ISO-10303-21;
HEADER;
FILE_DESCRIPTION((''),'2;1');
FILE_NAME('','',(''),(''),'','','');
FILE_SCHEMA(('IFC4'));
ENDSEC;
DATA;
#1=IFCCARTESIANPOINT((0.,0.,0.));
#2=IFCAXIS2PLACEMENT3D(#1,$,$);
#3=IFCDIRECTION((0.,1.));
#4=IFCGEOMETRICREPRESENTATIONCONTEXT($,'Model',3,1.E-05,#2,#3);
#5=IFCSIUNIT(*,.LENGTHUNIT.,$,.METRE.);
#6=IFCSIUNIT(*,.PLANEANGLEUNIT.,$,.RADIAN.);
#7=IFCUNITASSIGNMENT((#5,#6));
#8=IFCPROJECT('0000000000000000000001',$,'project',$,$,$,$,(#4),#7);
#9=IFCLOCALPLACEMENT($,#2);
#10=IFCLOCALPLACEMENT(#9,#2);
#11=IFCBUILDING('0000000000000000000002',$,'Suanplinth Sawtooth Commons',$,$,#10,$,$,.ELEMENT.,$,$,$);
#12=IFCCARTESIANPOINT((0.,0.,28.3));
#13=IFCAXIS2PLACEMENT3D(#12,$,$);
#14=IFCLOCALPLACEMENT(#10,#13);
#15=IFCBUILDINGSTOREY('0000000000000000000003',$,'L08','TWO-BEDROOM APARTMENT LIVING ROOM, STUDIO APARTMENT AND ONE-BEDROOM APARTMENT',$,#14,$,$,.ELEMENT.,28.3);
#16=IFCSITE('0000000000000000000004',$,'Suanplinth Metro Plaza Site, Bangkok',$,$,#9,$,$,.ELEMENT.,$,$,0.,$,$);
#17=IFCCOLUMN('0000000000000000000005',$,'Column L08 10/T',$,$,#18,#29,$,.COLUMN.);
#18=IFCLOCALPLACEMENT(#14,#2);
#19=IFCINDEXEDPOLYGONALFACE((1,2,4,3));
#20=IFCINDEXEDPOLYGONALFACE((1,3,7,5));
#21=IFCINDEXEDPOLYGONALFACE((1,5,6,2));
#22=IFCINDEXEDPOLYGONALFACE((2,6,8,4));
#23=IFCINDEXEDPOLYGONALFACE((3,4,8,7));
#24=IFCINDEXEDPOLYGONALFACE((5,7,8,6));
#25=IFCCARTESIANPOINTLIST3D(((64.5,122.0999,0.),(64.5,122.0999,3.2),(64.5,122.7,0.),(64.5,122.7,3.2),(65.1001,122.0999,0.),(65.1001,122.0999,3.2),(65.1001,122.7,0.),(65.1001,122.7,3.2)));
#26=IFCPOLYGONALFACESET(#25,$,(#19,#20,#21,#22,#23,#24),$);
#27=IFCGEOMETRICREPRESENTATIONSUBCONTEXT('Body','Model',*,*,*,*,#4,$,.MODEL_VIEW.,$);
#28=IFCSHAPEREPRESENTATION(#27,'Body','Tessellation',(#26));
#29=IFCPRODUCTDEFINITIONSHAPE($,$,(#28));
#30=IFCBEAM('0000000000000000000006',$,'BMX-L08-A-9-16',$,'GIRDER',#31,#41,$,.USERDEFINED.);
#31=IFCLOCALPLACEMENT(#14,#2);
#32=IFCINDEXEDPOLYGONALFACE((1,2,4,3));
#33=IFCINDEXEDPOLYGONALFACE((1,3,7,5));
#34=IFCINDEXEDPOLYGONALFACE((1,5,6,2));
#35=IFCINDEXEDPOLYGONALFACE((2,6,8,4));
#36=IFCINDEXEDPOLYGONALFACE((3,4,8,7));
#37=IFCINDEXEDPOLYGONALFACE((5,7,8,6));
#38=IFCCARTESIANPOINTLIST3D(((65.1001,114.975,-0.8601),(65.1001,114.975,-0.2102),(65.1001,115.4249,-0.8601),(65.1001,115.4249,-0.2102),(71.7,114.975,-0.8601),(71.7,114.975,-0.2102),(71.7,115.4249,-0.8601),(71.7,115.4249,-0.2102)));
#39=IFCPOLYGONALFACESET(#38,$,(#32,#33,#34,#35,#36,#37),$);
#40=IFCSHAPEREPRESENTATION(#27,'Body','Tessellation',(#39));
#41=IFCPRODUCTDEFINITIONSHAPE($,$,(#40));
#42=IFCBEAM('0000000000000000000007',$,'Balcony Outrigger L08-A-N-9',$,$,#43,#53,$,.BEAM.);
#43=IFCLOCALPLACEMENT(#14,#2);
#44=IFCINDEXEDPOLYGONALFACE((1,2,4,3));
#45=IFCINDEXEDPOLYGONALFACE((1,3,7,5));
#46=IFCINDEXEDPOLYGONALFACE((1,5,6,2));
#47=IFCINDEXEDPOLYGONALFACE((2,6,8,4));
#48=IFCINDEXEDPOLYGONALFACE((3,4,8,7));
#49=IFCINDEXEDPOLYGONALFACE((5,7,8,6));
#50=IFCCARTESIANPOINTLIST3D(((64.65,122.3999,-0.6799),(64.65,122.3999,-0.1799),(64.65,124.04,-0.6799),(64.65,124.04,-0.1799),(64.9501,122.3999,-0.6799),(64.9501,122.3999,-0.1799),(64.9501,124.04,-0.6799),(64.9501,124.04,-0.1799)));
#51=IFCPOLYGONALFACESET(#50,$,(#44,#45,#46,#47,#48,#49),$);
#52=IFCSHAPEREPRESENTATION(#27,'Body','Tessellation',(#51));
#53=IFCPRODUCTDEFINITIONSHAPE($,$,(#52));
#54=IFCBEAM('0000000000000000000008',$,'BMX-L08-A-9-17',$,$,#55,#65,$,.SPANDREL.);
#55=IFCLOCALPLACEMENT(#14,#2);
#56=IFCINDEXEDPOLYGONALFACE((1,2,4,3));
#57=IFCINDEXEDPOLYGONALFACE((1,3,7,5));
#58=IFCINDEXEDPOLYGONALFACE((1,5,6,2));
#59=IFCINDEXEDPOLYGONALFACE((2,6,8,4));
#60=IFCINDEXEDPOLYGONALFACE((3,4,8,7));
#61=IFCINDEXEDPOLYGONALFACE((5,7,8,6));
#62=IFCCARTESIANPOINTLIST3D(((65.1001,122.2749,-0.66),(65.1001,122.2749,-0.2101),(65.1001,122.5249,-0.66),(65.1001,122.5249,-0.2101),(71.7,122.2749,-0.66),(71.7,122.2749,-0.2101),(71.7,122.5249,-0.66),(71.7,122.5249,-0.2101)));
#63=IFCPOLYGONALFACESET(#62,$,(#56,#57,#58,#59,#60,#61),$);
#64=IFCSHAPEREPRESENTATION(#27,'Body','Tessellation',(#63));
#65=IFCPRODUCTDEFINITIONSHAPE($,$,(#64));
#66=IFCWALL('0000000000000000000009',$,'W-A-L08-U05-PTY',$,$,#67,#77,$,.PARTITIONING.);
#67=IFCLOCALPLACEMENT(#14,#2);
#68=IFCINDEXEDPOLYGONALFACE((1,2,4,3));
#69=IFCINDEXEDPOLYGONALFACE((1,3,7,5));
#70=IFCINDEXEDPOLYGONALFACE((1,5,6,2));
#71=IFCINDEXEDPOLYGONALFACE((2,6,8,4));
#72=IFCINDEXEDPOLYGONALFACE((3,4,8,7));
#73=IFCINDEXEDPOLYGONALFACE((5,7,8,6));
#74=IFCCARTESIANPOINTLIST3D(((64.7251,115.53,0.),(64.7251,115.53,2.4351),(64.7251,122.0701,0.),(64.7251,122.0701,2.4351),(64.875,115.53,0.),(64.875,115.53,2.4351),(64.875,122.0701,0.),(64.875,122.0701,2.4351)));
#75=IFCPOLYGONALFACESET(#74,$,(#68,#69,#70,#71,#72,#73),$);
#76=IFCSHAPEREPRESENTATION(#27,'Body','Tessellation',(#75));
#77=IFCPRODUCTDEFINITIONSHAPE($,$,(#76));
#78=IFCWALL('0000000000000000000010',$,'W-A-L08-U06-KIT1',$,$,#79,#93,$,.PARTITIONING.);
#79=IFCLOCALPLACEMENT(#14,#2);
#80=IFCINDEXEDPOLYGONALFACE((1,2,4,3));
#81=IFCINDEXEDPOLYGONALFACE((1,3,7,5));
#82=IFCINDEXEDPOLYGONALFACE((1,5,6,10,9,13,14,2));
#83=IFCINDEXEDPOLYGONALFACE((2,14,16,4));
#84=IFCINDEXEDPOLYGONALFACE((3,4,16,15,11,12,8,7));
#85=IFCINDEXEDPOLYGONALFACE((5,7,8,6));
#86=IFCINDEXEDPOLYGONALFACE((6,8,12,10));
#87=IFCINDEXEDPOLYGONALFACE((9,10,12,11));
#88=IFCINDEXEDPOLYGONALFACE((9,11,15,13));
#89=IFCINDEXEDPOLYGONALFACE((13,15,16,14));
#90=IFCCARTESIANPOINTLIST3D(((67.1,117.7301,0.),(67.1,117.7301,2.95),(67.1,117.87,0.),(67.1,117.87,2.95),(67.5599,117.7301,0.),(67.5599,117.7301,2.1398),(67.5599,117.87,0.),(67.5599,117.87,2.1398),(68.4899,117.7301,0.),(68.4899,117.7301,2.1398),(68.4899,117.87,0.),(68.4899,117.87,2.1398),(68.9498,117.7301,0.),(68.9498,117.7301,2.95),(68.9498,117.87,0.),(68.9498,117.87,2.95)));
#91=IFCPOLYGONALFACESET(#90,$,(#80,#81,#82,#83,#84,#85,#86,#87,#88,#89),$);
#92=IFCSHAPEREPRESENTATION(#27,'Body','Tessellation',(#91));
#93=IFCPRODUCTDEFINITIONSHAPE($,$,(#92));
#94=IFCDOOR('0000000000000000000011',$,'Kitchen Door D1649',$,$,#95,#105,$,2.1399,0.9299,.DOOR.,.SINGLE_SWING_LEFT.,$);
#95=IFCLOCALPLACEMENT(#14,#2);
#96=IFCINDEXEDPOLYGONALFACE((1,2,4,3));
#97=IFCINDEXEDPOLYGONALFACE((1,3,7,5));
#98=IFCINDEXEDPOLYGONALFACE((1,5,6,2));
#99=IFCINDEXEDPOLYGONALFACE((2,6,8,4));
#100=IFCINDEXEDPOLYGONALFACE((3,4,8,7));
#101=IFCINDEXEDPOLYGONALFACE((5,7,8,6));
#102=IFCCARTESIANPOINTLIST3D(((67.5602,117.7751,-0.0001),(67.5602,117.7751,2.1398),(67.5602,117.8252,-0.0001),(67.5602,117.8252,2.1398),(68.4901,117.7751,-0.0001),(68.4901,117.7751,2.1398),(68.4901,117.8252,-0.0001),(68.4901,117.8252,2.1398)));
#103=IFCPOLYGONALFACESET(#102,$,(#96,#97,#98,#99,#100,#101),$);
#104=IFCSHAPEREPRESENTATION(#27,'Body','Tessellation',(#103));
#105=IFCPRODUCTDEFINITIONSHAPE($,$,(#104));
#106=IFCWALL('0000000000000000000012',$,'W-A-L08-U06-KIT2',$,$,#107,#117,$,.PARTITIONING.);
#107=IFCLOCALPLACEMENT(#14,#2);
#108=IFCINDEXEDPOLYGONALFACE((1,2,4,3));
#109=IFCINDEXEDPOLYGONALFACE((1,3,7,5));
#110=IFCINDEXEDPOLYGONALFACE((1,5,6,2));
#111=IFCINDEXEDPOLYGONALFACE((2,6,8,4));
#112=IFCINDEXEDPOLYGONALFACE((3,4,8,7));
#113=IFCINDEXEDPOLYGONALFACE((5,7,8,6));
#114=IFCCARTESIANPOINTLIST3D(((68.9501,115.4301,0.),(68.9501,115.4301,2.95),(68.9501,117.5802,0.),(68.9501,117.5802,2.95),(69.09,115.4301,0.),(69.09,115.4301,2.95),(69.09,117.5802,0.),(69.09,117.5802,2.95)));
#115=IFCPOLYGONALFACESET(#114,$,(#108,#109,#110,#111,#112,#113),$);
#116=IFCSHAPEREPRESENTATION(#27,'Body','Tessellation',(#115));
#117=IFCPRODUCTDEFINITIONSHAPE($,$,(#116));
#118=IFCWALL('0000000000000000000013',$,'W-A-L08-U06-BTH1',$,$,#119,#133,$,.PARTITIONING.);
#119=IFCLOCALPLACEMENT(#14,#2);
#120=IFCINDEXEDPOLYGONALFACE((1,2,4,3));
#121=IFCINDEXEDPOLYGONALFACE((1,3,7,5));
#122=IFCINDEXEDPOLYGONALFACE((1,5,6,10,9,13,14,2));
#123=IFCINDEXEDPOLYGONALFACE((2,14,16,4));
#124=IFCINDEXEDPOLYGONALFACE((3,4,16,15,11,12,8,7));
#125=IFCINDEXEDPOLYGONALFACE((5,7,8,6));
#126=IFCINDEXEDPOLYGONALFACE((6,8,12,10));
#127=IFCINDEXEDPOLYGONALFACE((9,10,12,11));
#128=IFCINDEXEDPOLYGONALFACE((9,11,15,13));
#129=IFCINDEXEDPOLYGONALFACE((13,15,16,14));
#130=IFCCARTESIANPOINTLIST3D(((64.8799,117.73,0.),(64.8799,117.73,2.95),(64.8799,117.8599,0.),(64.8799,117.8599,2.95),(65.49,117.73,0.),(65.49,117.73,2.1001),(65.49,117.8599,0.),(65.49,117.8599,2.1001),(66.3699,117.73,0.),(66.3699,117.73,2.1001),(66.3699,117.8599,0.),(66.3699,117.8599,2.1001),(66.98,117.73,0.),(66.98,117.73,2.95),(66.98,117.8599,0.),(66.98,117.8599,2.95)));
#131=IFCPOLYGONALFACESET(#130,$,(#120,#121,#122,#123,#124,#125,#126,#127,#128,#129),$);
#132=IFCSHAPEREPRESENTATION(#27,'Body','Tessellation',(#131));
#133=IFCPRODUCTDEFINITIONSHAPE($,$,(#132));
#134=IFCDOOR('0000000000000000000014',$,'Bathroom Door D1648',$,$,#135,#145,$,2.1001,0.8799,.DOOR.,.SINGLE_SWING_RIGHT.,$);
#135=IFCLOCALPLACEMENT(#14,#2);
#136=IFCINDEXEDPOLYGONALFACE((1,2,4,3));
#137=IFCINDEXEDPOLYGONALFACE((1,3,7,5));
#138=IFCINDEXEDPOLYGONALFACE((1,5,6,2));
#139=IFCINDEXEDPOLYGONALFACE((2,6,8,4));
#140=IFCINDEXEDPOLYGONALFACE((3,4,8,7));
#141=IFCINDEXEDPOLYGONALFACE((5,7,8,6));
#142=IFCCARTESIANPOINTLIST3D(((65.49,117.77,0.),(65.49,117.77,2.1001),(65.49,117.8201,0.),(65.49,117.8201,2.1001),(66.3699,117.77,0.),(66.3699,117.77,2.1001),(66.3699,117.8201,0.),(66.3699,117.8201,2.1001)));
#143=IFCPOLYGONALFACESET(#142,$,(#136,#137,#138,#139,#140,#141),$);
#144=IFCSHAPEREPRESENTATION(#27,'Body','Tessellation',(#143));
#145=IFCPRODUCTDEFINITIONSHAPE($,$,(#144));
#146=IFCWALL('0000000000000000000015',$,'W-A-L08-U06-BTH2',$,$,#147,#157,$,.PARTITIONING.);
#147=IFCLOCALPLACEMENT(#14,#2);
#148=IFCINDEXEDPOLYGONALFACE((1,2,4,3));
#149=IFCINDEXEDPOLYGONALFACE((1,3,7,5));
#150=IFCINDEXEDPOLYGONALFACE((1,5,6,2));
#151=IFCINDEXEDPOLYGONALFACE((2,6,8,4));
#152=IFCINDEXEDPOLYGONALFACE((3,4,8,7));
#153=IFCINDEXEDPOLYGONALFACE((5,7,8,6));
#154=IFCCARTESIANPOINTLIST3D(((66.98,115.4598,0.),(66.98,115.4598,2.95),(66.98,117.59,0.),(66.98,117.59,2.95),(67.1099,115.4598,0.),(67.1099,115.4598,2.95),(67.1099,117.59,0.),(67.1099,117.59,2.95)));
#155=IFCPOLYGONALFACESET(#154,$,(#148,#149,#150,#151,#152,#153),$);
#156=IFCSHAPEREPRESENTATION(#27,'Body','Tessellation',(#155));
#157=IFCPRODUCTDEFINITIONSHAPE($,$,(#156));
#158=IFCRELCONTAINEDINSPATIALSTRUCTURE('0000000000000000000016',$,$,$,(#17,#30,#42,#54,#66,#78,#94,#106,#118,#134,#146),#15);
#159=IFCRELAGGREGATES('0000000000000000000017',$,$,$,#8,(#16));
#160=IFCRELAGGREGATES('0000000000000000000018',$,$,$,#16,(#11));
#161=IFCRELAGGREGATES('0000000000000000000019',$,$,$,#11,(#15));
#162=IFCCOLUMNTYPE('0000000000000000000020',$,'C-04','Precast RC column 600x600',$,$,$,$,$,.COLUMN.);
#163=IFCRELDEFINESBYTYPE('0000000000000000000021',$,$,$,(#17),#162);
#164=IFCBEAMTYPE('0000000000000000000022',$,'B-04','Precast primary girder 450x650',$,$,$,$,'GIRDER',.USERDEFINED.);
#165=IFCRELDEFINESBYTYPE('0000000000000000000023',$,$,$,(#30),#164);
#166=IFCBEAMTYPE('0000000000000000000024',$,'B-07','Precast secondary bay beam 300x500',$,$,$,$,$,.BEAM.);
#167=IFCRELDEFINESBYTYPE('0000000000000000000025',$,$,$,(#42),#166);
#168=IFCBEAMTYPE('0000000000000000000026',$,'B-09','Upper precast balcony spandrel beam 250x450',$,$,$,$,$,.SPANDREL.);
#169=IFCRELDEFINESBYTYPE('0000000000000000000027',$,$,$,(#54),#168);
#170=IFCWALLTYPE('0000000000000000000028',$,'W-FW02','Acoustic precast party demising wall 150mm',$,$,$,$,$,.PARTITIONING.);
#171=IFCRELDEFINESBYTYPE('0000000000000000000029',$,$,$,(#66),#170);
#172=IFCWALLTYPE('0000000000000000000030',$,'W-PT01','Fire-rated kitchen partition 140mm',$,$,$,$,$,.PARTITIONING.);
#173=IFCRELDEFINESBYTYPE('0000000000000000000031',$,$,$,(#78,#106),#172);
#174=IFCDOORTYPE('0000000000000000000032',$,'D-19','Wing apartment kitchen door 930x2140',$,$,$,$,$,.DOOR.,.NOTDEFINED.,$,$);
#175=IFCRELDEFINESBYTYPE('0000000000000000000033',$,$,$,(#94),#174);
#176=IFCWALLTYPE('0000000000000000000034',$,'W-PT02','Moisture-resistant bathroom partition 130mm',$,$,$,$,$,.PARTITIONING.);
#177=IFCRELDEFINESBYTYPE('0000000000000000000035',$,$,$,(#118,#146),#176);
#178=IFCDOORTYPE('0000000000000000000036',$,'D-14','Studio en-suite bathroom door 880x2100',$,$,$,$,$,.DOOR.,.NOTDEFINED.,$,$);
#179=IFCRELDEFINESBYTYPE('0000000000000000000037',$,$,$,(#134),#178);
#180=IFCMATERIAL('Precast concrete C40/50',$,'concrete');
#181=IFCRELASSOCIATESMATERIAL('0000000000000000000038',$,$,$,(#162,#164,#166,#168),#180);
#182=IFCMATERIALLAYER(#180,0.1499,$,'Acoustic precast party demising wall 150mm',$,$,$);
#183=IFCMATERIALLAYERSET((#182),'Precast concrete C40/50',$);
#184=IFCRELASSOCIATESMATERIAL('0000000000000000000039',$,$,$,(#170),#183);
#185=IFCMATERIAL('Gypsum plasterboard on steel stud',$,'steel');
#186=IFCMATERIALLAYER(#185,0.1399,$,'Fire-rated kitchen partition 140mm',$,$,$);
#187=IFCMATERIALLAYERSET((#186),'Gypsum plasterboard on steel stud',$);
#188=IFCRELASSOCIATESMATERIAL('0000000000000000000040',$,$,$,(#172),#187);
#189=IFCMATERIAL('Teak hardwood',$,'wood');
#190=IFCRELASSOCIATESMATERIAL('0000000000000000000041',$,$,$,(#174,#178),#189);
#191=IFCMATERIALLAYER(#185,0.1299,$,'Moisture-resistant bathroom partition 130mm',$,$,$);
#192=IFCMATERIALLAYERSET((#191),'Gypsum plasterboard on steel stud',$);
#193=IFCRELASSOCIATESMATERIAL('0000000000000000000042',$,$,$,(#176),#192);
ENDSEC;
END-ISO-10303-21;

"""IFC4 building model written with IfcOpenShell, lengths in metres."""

from ifc_helpers import new_model, si_unit, direction, frame, frame_2d, origin, origin_2d, place, context, subcontext, project, spatial, rectangle, extrude, material, layer, layer_set, material_profile, profile_set, type_object, element, fill, save


model = new_model("IFC4")

# Units and contexts
model_context = context("Model", 3, precision=1e-05, world=origin(), true_north=direction((0.0, 1.0)))
body_context = subcontext(model_context, "Body", "Model", "MODEL_VIEW")
ifc_project = project(units=[si_unit("LENGTHUNIT", "METRE"), si_unit("PLANEANGLEUNIT", "RADIAN")], contexts=[model_context])

# Site, building, storey
site_placement = place(None, origin())
site = spatial("IfcSite", under=ifc_project, at=site_placement, Name="Suanplinth Metro Plaza Site, Bangkok", CompositionType="ELEMENT", RefElevation=0.0)
building_placement = place(site_placement, origin())
building = spatial("IfcBuilding", under=site, at=building_placement, Name="Suanplinth Sawtooth Commons", CompositionType="ELEMENT")
storey_placement = place(building_placement, frame((0.0, 0.0, 28.3)))
storey = spatial("IfcBuildingStorey", under=building, at=storey_placement, Name="L08", Description="TWO-BEDROOM APARTMENT LIVING ROOM, STUDIO APARTMENT AND ONE-BEDROOM APARTMENT", CompositionType="ELEMENT", Elevation=28.3)

# Column
ifc_material_1 = material(Name="Precast concrete C40/50", Category="concrete")
ifc_material_profile_1 = material_profile(ifc_material_1, rectangle(XDim=0.6001, YDim=0.6001, at=origin_2d()), Name="PC-COL 600x600")
ifc_profile_set_1 = profile_set([ifc_material_profile_1], Name="Precast concrete C40/50")
column_type = type_object("IfcColumnType", Name="C-04", Description="Precast RC column 600x600", PredefinedType="COLUMN", material=ifc_profile_set_1)
column_placement = place(storey_placement, frame((64.8, 122.3999, 0.0), z_axis=(0.0, 0.0, 1.0), x_axis=(1.0, 0.0, 0.0)))
element("IfcColumn", 1, at=column_placement, inside=storey, type_object=column_type, Name="Column L08 10/T", PredefinedType="COLUMN", context=body_context, shape_type="SweptSolid", body=[
    extrude(rectangle(XDim=0.6001, YDim=0.6001, at=origin_2d()), origin(), (0.0, 0.0, 1.0), 3.2),
])

# Beams
ifc_material_profile_2 = material_profile(ifc_material_1, rectangle(XDim=0.45, YDim=0.6499, at=origin_2d()), Name="PC-GDR 450x650")
ifc_profile_set_2 = profile_set([ifc_material_profile_2], Name="Precast concrete C40/50")
beam_type_1 = type_object("IfcBeamType", Name="B-04", Description="Precast primary girder 450x650", ElementType="GIRDER", PredefinedType="USERDEFINED", material=ifc_profile_set_2)
beam_1_placement = place(storey_placement, frame((65.1001, 115.2, -0.5352), z_axis=(1.0, 0.0, 0.0), x_axis=(0.0, 1.0, 0.0)))
element("IfcBeam", 2, at=beam_1_placement, inside=storey, type_object=beam_type_1, Name="BMX-L08-A-9-16", ObjectType="GIRDER", PredefinedType="USERDEFINED", context=body_context, shape_type="SweptSolid", body=[
    extrude(rectangle(XDim=0.45, YDim=0.6499, at=origin_2d()), origin(), (0.0, 0.0, 1.0), 6.5999),
])
ifc_material_profile_3 = material_profile(ifc_material_1, rectangle(XDim=0.3, YDim=0.5, at=origin_2d()), Name="PC-BM 300x500")
ifc_profile_set_3 = profile_set([ifc_material_profile_3], Name="Precast concrete C40/50")
beam_type_2 = type_object("IfcBeamType", Name="B-07", Description="Precast secondary bay beam 300x500", PredefinedType="BEAM", material=ifc_profile_set_3)
beam_2_placement = place(storey_placement, frame((64.8, 122.3999, -0.4299), z_axis=(0.0, 1.0, 0.0), x_axis=(-1.0, 0.0, 0.0)))
element("IfcBeam", 3, at=beam_2_placement, inside=storey, type_object=beam_type_2, Name="Balcony Outrigger L08-A-N-9", PredefinedType="BEAM", context=body_context, shape_type="SweptSolid", body=[
    extrude(rectangle(XDim=0.3, YDim=0.5, at=origin_2d()), origin(), (0.0, 0.0, 1.0), 1.6401),
])
ifc_material_profile_4 = material_profile(ifc_material_1, rectangle(XDim=0.25, YDim=0.45, at=origin_2d()), Name="PC-SP 250x450")
ifc_profile_set_4 = profile_set([ifc_material_profile_4], Name="Precast concrete C40/50")
beam_type_3 = type_object("IfcBeamType", Name="B-09", Description="Upper precast balcony spandrel beam 250x450", PredefinedType="SPANDREL", material=ifc_profile_set_4)
beam_3_placement = place(storey_placement, frame((65.1001, 122.3999, -0.4351), z_axis=(1.0, 0.0, 0.0), x_axis=(0.0, 1.0, 0.0)))
element("IfcBeam", 4, at=beam_3_placement, inside=storey, type_object=beam_type_3, Name="BMX-L08-A-9-17", PredefinedType="SPANDREL", context=body_context, shape_type="SweptSolid", body=[
    extrude(rectangle(XDim=0.25, YDim=0.45, at=origin_2d()), origin(), (0.0, 0.0, 1.0), 6.5999),
])

# Wall
ifc_layer_1 = layer(ifc_material_1, 0.1499, Name="Acoustic precast party demising wall 150mm")
ifc_layer_set_1 = layer_set([ifc_layer_1], Name="Precast concrete C40/50")
wall_type_1 = type_object("IfcWallType", Name="W-FW02", Description="Acoustic precast party demising wall 150mm", PredefinedType="PARTITIONING", material=ifc_layer_set_1)
wall_1_placement = place(storey_placement, frame((64.8, 115.53, 0.0), z_axis=(0.0, 0.0, 1.0), x_axis=(0.0, 1.0, 0.0)))
element("IfcWall", 5, at=wall_1_placement, inside=storey, type_object=wall_type_1, Name="W-A-L08-U05-PTY", PredefinedType="PARTITIONING", context=body_context, shape_type="SweptSolid", body=[
    extrude(rectangle(XDim=6.54, YDim=0.1499, at=frame_2d((3.27, 0.0))), origin(), (0.0, 0.0, 1.0), 2.4351),
])

# Wall, opening, door
ifc_material_2 = material(Name="Gypsum plasterboard on steel stud", Category="steel")
ifc_layer_2 = layer(ifc_material_2, 0.1399, Name="Fire-rated kitchen partition 140mm")
ifc_layer_set_2 = layer_set([ifc_layer_2], Name="Gypsum plasterboard on steel stud")
wall_type_2 = type_object("IfcWallType", Name="W-PT01", Description="Fire-rated kitchen partition 140mm", PredefinedType="PARTITIONING", material=ifc_layer_set_2)
wall_2_placement = place(storey_placement, frame((67.1001, 117.8, 0.0), z_axis=(0.0, 0.0, 1.0), x_axis=(1.0, 0.0, 0.0)))
wall_2 = element("IfcWall", 6, at=wall_2_placement, inside=storey, type_object=wall_type_2, Name="W-A-L08-U06-KIT1", PredefinedType="PARTITIONING", context=body_context, shape_type="SweptSolid", body=[
    extrude(rectangle(XDim=1.8499, YDim=0.1399, at=frame_2d((0.9248, 0.0))), origin(), (0.0, 0.0, 1.0), 2.95),
])
opening_1_placement = place(wall_2_placement, frame((0.46, 0.0, 0.0)))
opening_1 = element("IfcOpeningElement", 7, at=opening_1_placement, cuts=wall_2, PredefinedType="OPENING", context=body_context, shape_type="SweptSolid", body=[
    extrude(rectangle(XDim=0.9299, YDim=2.1399, at=frame_2d((0.4648, 1.0698))), frame((0.0, 0.085, 0.0), z_axis=(0.0, -1.0, 0.0), x_axis=(1.0, 0.0, 0.0)), (0.0, 0.0, 1.0), 0.1697),
])
ifc_material_3 = material(Name="Teak hardwood", Category="wood")
door_type_1 = type_object("IfcDoorType", Name="D-19", Description="Wing apartment kitchen door 930x2140", OperationType="NOTDEFINED", PredefinedType="DOOR", material=ifc_material_3)
door_1_placement = place(opening_1_placement, frame((0.9299, 0.0, 0.0), z_axis=(0.0, 0.0, 1.0), x_axis=(-1.0, 0.0, 0.0)))
door_1 = element("IfcDoor", 8, at=door_1_placement, inside=storey, type_object=door_type_1, Name="Kitchen Door D1649", OperationType="SINGLE_SWING_LEFT", OverallHeight=2.1399, OverallWidth=0.9299, PredefinedType="DOOR", context=body_context, shape_type="SweptSolid", body=[
    extrude(rectangle(XDim=0.9299, YDim=2.1399, at=frame_2d((0.4648, 1.0698))), frame((0.0, 0.0249, 0.0), z_axis=(0.0, -1.0, 0.0), x_axis=(1.0, 0.0, 0.0)), (0.0, 0.0, 1.0), 0.05),
])
fill(opening_1, door_1)

# Wall
wall_3_placement = place(storey_placement, frame((69.02, 115.4299, 0.0), z_axis=(0.0, 0.0, 1.0), x_axis=(0.0, 1.0, 0.0)))
element("IfcWall", 9, at=wall_3_placement, inside=storey, type_object=wall_type_2, Name="W-A-L08-U06-KIT2", PredefinedType="PARTITIONING", context=body_context, shape_type="SweptSolid", body=[
    extrude(rectangle(XDim=2.1501, YDim=0.1399, at=frame_2d((1.0752, 0.0))), origin(), (0.0, 0.0, 1.0), 2.95),
])

# Wall, opening, door
ifc_layer_3 = layer(ifc_material_2, 0.1299, Name="Moisture-resistant bathroom partition 130mm")
ifc_layer_set_3 = layer_set([ifc_layer_3], Name="Gypsum plasterboard on steel stud")
wall_type_3 = type_object("IfcWallType", Name="W-PT02", Description="Moisture-resistant bathroom partition 130mm", PredefinedType="PARTITIONING", material=ifc_layer_set_3)
wall_4_placement = place(storey_placement, frame((64.8799, 117.7949, 0.0), z_axis=(0.0, 0.0, 1.0), x_axis=(1.0, 0.0, 0.0)))
wall_4 = element("IfcWall", 10, at=wall_4_placement, inside=storey, type_object=wall_type_3, Name="W-A-L08-U06-BTH1", PredefinedType="PARTITIONING", context=body_context, shape_type="SweptSolid", body=[
    extrude(rectangle(XDim=2.1001, YDim=0.1299, at=frame_2d((1.05, 0.0))), origin(), (0.0, 0.0, 1.0), 2.95),
])
opening_2_placement = place(wall_4_placement, frame((0.6101, 0.0, 0.0)))
opening_2 = element("IfcOpeningElement", 11, at=opening_2_placement, cuts=wall_4, PredefinedType="OPENING", context=body_context, shape_type="SweptSolid", body=[
    extrude(rectangle(XDim=0.8799, YDim=2.1001, at=frame_2d((0.4399, 1.05))), frame((0.0, 0.0798, 0.0), z_axis=(0.0, -1.0, 0.0), x_axis=(1.0, 0.0, 0.0)), (0.0, 0.0, 1.0), 0.1597),
])
door_type_2 = type_object("IfcDoorType", Name="D-14", Description="Studio en-suite bathroom door 880x2100", OperationType="NOTDEFINED", PredefinedType="DOOR", material=ifc_material_3)
door_2_placement = place(opening_2_placement, frame((0.8799, 0.0, 0.0), z_axis=(0.0, 0.0, 1.0), x_axis=(-1.0, 0.0, 0.0)))
door_2 = element("IfcDoor", 12, at=door_2_placement, inside=storey, type_object=door_type_2, Name="Bathroom Door D1648", OperationType="SINGLE_SWING_RIGHT", OverallHeight=2.1001, OverallWidth=0.8799, PredefinedType="DOOR", context=body_context, shape_type="SweptSolid", body=[
    extrude(rectangle(XDim=0.8799, YDim=2.1001, at=frame_2d((0.4399, 1.05))), frame((0.0, 0.0249, 0.0), z_axis=(0.0, -1.0, 0.0), x_axis=(1.0, 0.0, 0.0)), (0.0, 0.0, 1.0), 0.05),
])
fill(opening_2, door_2)

# Wall
wall_5_placement = place(storey_placement, frame((67.0449, 115.46, 0.0), z_axis=(0.0, 0.0, 1.0), x_axis=(0.0, 1.0, 0.0)))
element("IfcWall", 13, at=wall_5_placement, inside=storey, type_object=wall_type_3, Name="W-A-L08-U06-BTH2", PredefinedType="PARTITIONING", context=body_context, shape_type="SweptSolid", body=[
    extrude(rectangle(XDim=2.1301, YDim=0.1299, at=frame_2d((1.0649, 0.0))), origin(), (0.0, 0.0, 1.0), 2.95),
])

save(model, "model.ifc")
